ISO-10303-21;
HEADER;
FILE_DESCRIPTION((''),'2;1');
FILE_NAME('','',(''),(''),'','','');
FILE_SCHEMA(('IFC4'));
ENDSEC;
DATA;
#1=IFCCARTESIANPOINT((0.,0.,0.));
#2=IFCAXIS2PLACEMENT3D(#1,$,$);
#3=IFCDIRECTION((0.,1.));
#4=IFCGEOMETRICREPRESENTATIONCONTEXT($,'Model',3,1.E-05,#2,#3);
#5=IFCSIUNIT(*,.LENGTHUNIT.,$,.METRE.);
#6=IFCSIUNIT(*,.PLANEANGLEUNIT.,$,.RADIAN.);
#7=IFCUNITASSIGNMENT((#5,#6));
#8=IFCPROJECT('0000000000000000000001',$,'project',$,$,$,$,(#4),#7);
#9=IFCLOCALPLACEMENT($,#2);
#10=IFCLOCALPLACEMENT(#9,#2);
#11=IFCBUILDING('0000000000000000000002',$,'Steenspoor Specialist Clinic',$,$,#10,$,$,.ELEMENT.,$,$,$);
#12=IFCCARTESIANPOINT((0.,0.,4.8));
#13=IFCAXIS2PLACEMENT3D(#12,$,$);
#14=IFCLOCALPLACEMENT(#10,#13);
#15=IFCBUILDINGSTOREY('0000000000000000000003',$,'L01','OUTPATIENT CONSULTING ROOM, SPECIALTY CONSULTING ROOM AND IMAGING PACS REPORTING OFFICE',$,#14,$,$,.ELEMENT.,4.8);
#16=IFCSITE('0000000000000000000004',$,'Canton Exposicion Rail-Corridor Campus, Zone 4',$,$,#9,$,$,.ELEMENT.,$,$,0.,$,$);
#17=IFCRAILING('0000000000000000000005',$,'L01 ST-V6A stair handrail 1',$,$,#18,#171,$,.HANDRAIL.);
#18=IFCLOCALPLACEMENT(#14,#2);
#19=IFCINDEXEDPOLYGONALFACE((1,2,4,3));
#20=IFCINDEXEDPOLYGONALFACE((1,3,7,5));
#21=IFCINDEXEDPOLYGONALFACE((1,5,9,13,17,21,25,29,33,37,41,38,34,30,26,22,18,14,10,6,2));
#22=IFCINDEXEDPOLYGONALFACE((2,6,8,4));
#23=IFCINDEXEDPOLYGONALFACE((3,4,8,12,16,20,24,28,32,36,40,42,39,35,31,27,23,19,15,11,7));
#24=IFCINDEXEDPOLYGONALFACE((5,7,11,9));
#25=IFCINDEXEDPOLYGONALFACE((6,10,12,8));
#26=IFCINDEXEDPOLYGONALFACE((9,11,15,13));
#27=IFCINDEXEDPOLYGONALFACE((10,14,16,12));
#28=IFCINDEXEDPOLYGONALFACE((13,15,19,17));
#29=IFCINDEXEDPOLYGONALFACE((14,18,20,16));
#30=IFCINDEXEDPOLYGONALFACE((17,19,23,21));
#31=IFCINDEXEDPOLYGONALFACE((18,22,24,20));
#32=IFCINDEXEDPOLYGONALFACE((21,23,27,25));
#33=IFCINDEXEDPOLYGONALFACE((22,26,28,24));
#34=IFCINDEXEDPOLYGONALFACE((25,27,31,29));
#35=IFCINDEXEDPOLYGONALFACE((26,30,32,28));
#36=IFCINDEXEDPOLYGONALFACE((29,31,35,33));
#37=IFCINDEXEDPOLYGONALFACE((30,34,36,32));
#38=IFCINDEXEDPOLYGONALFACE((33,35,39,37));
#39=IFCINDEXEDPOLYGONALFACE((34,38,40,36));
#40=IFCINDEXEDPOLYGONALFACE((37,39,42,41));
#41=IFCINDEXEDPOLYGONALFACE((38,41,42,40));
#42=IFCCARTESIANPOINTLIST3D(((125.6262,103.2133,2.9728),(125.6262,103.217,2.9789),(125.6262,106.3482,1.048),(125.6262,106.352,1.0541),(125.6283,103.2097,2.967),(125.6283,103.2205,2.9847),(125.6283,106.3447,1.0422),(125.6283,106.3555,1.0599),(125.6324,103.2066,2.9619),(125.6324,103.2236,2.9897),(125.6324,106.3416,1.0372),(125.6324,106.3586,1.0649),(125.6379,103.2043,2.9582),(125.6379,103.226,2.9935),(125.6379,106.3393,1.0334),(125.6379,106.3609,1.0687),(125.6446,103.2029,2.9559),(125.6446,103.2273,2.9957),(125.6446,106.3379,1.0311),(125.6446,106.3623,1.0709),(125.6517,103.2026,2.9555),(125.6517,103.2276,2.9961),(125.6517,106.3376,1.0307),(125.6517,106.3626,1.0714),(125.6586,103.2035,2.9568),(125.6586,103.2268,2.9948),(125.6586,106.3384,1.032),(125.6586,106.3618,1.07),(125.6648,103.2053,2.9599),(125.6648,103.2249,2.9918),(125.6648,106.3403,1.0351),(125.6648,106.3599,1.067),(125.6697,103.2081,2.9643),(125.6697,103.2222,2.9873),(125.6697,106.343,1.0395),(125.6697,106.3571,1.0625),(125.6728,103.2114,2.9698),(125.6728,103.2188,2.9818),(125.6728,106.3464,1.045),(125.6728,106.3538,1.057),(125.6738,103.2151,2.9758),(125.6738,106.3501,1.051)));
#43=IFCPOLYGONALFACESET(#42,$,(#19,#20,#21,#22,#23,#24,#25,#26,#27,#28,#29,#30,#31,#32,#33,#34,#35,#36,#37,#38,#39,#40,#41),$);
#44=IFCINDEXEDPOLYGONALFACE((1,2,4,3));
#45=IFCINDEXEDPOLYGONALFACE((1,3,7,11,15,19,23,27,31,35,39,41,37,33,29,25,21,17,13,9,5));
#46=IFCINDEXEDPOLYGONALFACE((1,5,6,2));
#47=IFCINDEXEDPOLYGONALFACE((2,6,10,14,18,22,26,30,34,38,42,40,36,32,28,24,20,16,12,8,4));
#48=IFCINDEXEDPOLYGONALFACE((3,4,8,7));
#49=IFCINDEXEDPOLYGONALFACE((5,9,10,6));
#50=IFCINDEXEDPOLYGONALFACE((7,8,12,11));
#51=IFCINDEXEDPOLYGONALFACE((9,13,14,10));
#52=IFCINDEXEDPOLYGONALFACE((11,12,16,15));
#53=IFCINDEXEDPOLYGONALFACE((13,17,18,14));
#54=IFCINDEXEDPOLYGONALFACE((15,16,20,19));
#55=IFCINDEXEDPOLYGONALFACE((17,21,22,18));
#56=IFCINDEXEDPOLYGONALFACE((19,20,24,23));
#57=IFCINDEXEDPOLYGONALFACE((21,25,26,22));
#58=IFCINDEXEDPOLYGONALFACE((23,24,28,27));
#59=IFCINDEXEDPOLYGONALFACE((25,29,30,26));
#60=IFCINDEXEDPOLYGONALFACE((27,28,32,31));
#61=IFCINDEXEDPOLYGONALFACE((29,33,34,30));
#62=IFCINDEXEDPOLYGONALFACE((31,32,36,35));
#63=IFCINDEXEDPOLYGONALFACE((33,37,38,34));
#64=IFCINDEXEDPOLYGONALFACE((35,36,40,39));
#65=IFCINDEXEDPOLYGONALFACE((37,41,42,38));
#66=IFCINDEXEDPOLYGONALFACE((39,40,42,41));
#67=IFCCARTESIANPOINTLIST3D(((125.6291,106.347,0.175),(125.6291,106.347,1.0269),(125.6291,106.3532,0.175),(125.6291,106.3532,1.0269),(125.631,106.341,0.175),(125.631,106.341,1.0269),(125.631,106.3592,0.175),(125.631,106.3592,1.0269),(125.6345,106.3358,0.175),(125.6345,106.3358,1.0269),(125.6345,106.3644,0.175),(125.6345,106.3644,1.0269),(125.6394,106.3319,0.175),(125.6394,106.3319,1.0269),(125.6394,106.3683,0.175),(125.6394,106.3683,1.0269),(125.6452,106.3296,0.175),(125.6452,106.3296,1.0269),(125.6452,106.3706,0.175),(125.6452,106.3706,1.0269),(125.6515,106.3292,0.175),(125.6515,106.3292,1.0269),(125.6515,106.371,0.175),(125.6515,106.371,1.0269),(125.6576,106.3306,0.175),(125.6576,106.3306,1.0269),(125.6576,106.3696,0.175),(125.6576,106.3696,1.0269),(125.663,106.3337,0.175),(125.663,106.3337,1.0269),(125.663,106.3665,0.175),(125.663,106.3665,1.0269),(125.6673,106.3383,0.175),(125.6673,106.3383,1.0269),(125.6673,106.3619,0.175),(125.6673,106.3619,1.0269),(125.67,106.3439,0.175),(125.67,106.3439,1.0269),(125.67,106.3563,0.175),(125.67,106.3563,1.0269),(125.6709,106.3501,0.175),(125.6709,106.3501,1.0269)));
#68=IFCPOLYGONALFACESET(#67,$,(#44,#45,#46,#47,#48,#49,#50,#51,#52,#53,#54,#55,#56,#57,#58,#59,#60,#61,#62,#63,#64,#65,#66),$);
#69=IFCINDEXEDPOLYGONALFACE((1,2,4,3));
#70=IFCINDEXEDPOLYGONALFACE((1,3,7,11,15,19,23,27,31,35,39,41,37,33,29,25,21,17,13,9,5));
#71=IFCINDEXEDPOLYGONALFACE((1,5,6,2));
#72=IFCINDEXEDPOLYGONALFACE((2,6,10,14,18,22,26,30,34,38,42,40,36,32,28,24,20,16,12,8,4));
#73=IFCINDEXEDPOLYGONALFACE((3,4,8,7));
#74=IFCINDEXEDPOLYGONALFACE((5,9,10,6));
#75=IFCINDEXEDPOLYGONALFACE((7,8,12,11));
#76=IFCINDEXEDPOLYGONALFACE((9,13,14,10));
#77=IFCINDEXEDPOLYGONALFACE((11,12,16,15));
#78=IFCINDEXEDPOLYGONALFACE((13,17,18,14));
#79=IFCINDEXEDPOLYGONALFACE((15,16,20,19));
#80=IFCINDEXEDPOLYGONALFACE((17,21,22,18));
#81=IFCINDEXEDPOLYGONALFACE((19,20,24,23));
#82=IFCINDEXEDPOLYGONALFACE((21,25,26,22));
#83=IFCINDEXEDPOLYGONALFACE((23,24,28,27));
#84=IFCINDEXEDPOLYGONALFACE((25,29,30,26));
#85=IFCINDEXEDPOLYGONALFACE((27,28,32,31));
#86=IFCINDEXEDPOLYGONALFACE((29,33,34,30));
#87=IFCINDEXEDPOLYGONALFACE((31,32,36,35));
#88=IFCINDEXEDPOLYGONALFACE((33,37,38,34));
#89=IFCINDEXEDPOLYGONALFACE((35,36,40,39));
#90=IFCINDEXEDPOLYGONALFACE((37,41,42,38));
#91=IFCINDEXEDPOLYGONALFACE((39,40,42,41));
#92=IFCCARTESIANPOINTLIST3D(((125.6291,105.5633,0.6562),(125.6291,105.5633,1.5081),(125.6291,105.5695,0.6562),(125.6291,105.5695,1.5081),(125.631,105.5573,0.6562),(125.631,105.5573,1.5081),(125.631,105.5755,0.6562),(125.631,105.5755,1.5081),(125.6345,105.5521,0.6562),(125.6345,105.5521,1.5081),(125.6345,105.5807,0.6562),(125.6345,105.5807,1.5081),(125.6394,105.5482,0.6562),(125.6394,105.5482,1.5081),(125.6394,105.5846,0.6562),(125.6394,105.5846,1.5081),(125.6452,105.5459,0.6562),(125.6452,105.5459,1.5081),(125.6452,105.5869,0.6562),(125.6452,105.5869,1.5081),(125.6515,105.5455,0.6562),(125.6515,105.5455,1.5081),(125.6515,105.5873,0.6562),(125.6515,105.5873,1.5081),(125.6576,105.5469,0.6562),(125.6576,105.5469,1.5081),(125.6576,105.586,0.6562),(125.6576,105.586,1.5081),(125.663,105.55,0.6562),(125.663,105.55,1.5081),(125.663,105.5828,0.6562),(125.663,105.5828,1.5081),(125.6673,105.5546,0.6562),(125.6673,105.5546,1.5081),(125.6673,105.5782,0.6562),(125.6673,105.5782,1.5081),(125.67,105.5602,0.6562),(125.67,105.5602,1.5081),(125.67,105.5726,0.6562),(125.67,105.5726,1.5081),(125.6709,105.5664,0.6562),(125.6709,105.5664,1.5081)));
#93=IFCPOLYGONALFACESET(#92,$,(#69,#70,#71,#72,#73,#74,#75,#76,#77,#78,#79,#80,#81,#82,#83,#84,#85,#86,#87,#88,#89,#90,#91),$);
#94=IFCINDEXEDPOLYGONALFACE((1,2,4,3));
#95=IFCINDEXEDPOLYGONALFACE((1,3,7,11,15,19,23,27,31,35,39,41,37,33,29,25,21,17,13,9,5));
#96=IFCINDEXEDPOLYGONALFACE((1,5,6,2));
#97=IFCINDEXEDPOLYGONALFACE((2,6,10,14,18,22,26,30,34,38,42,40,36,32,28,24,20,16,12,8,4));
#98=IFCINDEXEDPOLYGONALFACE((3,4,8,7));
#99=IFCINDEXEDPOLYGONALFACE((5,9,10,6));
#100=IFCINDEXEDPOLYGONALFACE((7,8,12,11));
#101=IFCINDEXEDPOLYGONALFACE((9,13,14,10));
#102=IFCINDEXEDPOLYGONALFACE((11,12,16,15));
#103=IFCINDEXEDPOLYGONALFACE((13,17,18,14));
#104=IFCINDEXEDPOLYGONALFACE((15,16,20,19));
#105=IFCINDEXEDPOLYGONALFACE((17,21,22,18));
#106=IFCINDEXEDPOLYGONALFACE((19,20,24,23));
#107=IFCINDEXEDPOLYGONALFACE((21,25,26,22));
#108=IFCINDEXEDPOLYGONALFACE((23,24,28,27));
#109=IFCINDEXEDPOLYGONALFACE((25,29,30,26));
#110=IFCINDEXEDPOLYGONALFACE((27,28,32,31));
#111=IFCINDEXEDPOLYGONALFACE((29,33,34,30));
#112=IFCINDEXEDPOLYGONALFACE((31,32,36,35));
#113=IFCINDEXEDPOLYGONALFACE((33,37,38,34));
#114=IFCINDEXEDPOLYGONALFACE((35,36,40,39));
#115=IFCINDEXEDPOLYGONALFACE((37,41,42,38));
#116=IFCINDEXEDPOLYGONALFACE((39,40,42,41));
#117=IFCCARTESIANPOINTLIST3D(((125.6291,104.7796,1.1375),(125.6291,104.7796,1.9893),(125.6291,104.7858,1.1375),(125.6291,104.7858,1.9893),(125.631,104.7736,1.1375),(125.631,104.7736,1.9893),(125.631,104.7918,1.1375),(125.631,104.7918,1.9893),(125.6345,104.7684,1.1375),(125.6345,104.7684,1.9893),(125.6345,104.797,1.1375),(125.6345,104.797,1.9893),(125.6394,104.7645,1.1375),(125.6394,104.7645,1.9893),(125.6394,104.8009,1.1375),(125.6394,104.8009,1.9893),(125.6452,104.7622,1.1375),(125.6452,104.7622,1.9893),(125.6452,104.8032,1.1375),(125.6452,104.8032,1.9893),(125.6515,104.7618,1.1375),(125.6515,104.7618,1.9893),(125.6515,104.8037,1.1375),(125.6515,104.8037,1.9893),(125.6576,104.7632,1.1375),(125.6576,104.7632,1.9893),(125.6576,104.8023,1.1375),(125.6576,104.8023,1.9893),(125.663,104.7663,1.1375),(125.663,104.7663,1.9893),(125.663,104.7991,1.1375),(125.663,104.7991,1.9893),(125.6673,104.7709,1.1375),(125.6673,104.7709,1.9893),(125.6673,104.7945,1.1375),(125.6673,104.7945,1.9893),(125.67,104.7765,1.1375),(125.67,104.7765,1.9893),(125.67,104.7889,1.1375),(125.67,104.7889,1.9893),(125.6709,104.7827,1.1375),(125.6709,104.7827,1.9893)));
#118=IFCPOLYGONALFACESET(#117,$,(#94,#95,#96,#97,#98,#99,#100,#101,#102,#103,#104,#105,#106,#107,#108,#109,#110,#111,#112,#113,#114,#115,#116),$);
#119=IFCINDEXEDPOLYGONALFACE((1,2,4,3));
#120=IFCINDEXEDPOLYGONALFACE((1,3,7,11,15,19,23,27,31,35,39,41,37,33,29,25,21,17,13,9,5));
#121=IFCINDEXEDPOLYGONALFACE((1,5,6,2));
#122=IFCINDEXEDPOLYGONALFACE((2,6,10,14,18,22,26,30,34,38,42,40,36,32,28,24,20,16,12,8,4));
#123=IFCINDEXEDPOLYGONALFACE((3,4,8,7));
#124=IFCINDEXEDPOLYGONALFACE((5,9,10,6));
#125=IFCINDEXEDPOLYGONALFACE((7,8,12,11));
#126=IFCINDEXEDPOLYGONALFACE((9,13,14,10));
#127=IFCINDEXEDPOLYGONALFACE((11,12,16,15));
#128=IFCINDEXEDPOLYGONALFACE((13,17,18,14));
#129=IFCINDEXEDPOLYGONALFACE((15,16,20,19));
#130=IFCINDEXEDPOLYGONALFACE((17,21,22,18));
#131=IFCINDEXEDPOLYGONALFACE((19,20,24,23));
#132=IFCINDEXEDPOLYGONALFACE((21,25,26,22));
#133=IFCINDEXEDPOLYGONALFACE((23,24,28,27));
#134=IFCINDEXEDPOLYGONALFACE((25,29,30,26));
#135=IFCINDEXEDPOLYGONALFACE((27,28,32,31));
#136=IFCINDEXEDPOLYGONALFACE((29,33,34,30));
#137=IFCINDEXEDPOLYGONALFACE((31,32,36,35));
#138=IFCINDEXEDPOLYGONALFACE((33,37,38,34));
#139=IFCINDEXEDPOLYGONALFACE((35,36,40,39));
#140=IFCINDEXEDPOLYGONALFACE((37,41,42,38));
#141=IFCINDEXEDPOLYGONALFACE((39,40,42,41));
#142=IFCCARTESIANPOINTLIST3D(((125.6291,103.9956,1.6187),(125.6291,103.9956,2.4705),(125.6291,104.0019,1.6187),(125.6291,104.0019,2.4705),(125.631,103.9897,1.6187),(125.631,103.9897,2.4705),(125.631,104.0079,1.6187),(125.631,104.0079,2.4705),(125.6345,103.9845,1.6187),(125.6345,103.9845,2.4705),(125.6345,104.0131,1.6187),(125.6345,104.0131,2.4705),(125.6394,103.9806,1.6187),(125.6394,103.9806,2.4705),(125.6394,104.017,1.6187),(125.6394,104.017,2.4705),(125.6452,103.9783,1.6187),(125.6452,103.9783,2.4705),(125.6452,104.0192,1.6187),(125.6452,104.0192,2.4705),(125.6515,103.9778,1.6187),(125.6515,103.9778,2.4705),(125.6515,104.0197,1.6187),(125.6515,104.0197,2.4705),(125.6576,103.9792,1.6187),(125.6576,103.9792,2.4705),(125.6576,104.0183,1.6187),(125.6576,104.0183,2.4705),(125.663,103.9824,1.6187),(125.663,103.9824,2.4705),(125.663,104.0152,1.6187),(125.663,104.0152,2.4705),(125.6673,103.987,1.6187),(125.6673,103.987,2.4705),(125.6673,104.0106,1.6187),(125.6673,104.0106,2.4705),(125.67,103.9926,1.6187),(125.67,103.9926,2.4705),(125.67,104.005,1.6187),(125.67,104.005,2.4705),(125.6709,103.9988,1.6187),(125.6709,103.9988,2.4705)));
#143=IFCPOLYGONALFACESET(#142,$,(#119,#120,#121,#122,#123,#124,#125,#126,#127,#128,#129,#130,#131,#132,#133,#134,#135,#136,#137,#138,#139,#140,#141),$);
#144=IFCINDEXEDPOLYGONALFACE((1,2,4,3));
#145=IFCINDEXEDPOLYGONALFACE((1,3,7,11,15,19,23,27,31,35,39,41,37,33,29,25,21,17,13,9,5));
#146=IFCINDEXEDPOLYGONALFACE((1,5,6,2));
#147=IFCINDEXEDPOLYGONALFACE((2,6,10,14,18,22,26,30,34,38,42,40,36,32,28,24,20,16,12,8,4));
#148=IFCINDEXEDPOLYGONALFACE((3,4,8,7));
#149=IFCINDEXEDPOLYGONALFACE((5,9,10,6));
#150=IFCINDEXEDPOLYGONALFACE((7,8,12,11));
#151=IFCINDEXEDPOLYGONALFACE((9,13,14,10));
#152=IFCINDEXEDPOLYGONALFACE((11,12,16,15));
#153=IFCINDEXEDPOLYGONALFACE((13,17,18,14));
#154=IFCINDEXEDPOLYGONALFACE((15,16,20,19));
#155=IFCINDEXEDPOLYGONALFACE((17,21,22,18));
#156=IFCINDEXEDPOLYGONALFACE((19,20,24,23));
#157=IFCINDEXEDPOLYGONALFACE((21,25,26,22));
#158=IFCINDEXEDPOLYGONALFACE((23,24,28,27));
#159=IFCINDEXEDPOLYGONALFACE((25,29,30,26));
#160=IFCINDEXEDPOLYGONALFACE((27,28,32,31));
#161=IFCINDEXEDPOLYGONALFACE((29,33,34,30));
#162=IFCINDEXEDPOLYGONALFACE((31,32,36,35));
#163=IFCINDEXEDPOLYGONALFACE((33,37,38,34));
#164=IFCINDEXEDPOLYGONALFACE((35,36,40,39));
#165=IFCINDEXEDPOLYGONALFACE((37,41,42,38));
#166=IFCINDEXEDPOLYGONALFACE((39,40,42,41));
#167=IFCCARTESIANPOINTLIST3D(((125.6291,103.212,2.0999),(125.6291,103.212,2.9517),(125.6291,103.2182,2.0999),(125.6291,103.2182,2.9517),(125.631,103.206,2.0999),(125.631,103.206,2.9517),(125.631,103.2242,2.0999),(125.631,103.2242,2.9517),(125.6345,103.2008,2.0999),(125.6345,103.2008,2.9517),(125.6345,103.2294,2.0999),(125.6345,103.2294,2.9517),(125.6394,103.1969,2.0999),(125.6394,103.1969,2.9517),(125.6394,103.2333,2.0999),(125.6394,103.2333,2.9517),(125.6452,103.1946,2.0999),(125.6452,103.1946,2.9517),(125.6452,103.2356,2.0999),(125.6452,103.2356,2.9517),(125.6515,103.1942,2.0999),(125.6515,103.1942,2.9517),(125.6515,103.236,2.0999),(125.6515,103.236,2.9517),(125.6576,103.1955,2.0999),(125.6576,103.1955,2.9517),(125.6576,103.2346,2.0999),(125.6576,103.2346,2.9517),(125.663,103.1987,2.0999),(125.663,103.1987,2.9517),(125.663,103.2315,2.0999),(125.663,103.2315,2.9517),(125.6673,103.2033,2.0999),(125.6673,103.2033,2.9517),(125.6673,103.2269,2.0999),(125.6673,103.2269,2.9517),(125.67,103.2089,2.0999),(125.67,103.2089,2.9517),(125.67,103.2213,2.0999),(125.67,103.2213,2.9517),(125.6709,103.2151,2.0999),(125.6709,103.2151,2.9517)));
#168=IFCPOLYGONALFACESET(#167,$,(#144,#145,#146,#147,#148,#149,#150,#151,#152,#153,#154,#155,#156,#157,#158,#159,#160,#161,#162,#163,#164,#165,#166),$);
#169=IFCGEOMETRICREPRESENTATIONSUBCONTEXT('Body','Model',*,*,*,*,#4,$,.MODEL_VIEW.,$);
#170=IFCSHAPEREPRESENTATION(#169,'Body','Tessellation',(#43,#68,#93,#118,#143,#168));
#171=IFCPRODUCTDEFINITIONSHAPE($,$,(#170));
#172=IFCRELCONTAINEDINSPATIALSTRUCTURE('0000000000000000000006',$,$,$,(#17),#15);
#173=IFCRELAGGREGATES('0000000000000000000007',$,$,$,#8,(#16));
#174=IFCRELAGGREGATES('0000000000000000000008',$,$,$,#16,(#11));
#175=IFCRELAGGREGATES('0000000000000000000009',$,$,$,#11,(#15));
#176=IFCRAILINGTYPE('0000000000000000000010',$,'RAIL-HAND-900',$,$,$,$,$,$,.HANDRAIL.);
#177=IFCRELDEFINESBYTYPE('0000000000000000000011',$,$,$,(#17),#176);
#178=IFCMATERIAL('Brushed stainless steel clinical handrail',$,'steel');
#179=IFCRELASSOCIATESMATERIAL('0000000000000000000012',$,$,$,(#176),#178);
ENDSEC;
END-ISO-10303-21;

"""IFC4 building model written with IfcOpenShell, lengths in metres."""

from ifc_helpers import new_model, si_unit, direction, frame, origin, origin_2d, place, context, subcontext, project, spatial, circle, extrude, material, type_object, element, save


model = new_model("IFC4")

# Units and contexts
model_context = context("Model", 3, precision=1e-05, world=origin(), true_north=direction((0.0, 1.0)))
body_context = subcontext(model_context, "Body", "Model", "MODEL_VIEW")
ifc_project = project(units=[si_unit("LENGTHUNIT", "METRE"), si_unit("PLANEANGLEUNIT", "RADIAN")], contexts=[model_context])

# Site, building, storey
site_placement = place(None, origin())
site = spatial("IfcSite", under=ifc_project, at=site_placement, Name="Canton Exposicion Rail-Corridor Campus, Zone 4", CompositionType="ELEMENT", RefElevation=0.0)
building_placement = place(site_placement, origin())
building = spatial("IfcBuilding", under=site, at=building_placement, Name="Steenspoor Specialist Clinic", CompositionType="ELEMENT")
storey_placement = place(building_placement, frame((0.0, 0.0, 4.8)))
storey = spatial("IfcBuildingStorey", under=building, at=storey_placement, Name="L01", Description="OUTPATIENT CONSULTING ROOM, SPECIALTY CONSULTING ROOM AND IMAGING PACS REPORTING OFFICE", CompositionType="ELEMENT", Elevation=4.8)

# Railing
ifc_material_1 = material(Name="Brushed stainless steel clinical handrail", Category="steel")
railing_type_1 = type_object("IfcRailingType", Name="RAIL-HAND-900", PredefinedType="HANDRAIL", material=ifc_material_1)
railing_1_placement = place(storey_placement, frame((125.6499, 106.3501, 0.175)))
element("IfcRailing", 1, at=railing_1_placement, inside=storey, type_object=railing_type_1, Name="L01 ST-V6A stair handrail 1", PredefinedType="HANDRAIL", context=body_context, shape_type="SweptSolid", body=[
    extrude(circle(Radius=0.0239, at=origin_2d()), frame((0.0, 0.0, 0.876), z_axis=(0.0, -0.852196, 0.523223), x_axis=(1.0, 0.0, 0.0)), (0.0, 0.0, 1.0), 3.6787),
    extrude(circle(Radius=0.021, at=origin_2d()), origin(), (0.0, 0.0, 1.0), 0.8518),
    extrude(circle(Radius=0.021, at=origin_2d()), frame((0.0, -0.7837, 0.4812)), (0.0, 0.0, 1.0), 0.8518),
    extrude(circle(Radius=0.021, at=origin_2d()), frame((0.0, -1.5674, 0.9624)), (0.0, 0.0, 1.0), 0.8518),
    extrude(circle(Radius=0.021, at=origin_2d()), frame((0.0, -2.3513, 1.4436)), (0.0, 0.0, 1.0), 0.8518),
    extrude(circle(Radius=0.021, at=origin_2d()), frame((0.0, -3.135, 1.9248)), (0.0, 0.0, 1.0), 0.8518),
])

save(model, "model.ifc")
